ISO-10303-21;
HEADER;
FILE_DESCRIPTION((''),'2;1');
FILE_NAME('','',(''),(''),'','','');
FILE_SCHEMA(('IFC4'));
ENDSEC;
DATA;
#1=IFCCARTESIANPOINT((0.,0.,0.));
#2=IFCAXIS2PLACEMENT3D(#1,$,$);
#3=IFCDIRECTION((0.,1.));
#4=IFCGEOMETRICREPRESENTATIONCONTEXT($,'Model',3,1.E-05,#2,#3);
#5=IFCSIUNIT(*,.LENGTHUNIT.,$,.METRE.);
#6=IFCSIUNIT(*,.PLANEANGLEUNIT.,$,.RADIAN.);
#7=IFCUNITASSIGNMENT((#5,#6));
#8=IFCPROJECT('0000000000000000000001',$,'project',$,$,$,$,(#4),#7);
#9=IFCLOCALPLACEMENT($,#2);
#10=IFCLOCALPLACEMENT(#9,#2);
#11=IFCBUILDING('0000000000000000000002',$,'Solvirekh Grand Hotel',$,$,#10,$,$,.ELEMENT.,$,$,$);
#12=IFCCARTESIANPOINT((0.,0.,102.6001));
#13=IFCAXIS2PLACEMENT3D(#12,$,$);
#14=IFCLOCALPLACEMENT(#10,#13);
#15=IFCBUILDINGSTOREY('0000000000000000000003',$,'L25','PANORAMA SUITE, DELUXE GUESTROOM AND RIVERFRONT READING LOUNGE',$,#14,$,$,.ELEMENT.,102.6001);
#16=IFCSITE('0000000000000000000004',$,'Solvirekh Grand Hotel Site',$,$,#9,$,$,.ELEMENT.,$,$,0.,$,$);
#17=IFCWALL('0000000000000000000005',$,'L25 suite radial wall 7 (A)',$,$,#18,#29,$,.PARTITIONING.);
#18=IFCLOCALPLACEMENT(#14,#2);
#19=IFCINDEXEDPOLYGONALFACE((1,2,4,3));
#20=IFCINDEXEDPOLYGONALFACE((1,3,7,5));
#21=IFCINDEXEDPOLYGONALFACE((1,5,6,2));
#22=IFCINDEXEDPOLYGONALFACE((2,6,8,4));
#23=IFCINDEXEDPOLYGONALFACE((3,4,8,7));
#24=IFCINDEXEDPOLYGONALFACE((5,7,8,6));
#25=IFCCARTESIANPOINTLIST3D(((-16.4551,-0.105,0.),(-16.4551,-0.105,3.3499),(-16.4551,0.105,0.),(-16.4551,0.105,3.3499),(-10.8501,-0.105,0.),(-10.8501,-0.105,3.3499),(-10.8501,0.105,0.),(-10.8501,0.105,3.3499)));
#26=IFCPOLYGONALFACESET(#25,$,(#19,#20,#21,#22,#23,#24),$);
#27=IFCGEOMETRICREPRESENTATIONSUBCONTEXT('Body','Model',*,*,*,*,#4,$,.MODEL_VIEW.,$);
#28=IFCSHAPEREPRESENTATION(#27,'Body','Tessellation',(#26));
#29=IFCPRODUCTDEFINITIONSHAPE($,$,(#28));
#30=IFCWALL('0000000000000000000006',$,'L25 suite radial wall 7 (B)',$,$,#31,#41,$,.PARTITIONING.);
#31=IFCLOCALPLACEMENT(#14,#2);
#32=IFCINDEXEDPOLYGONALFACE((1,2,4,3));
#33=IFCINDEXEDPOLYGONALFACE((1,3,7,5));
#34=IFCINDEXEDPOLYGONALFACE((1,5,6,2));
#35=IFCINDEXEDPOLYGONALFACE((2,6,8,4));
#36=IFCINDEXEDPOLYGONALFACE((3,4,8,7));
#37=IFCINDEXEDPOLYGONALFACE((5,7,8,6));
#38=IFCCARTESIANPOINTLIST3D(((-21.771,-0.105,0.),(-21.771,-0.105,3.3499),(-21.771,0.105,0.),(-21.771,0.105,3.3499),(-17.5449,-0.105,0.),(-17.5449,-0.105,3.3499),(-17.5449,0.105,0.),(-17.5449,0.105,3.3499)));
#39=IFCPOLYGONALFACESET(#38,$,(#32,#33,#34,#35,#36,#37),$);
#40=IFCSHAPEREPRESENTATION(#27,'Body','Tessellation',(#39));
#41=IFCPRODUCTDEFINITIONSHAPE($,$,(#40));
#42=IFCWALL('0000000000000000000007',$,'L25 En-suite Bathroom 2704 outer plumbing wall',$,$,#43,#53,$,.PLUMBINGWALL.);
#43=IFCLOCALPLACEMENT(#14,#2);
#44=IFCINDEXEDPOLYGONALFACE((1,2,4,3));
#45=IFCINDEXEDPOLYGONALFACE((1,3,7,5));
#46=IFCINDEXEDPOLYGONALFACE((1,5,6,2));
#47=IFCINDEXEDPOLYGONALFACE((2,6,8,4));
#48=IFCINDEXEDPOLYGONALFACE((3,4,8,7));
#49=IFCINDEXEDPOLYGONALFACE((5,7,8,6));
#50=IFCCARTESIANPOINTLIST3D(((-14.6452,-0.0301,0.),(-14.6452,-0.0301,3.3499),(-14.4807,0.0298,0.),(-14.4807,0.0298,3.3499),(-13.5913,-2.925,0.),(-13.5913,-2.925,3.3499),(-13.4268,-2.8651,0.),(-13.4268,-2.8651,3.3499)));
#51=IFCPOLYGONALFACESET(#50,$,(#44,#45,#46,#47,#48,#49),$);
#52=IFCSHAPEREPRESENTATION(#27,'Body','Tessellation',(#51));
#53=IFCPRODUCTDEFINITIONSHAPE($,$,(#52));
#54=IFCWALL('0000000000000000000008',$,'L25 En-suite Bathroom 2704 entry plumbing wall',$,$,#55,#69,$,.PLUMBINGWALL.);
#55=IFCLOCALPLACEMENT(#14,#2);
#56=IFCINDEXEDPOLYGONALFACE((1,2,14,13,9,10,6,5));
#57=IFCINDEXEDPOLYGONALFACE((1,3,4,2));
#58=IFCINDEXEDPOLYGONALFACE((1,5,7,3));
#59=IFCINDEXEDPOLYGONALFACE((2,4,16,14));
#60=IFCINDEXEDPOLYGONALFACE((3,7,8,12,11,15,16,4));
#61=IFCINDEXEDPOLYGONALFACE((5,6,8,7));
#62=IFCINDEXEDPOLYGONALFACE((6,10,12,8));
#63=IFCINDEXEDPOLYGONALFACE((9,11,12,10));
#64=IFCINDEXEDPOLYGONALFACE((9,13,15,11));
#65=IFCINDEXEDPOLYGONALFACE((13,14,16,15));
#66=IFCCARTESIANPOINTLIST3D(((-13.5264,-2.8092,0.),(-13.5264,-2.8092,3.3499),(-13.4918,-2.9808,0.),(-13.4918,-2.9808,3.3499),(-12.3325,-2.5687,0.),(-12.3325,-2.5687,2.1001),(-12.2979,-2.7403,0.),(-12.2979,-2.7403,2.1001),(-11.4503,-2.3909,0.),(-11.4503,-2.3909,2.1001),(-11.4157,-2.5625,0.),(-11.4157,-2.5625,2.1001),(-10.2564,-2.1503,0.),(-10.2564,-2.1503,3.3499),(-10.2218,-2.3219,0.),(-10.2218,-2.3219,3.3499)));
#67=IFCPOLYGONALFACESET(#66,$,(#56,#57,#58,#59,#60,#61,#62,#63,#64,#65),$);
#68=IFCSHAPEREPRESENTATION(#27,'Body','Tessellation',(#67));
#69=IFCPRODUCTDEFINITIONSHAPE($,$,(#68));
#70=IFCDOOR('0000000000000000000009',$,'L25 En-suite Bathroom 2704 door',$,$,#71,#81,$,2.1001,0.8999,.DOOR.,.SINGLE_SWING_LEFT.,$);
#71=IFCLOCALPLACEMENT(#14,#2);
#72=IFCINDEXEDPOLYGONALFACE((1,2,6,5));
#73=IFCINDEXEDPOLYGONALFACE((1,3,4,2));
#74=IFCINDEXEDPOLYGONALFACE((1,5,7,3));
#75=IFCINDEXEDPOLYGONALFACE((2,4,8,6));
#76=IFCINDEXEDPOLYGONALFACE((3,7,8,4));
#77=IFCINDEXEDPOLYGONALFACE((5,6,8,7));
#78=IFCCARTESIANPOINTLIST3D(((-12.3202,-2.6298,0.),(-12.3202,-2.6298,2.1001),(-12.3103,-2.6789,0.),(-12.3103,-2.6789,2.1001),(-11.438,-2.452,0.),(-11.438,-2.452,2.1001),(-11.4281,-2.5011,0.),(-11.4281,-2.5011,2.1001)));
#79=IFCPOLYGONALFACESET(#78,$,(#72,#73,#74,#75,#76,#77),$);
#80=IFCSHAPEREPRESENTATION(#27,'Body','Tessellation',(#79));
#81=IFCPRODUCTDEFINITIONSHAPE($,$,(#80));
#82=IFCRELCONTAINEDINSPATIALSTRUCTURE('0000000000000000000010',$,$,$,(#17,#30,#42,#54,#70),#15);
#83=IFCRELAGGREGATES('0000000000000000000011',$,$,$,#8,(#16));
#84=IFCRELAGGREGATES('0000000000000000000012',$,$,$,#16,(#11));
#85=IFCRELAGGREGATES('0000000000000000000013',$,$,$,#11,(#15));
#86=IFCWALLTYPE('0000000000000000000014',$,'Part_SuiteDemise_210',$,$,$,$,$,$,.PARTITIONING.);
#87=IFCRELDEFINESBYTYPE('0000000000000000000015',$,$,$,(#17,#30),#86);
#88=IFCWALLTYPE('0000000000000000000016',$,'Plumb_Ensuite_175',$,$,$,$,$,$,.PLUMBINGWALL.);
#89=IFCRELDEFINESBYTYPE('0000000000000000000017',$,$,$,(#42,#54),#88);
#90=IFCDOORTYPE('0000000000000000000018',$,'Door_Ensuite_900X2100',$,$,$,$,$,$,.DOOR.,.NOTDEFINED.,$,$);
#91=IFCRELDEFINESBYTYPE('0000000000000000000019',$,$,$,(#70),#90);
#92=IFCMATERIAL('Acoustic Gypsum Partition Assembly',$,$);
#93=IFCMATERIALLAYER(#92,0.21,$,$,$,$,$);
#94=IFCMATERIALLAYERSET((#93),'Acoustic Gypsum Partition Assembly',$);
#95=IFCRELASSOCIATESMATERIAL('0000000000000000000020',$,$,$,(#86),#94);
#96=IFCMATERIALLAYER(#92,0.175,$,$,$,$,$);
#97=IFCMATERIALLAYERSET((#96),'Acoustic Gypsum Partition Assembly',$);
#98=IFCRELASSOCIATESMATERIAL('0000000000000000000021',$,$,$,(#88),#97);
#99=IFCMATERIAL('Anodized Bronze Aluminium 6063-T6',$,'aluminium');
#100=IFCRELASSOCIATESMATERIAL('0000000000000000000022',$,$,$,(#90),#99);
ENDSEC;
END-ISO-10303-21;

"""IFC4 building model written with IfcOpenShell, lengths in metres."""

from ifc_helpers import new_model, si_unit, direction, frame, frame_2d, origin, place, context, subcontext, project, spatial, rectangle, extrude, material, layer, layer_set, type_object, element, fill, save


model = new_model("IFC4")

# Units and contexts
model_context = context("Model", 3, precision=1e-05, world=origin(), true_north=direction((0.0, 1.0)))
body_context = subcontext(model_context, "Body", "Model", "MODEL_VIEW")
ifc_project = project(units=[si_unit("LENGTHUNIT", "METRE"), si_unit("PLANEANGLEUNIT", "RADIAN")], contexts=[model_context])

# Site, building, storey
site_placement = place(None, origin())
site = spatial("IfcSite", under=ifc_project, at=site_placement, Name="Solvirekh Grand Hotel Site", CompositionType="ELEMENT", RefElevation=0.0)
building_placement = place(site_placement, origin())
building = spatial("IfcBuilding", under=site, at=building_placement, Name="Solvirekh Grand Hotel", CompositionType="ELEMENT")
storey_placement = place(building_placement, frame((0.0, 0.0, 102.6001)))
storey = spatial("IfcBuildingStorey", under=building, at=storey_placement, Name="L25", Description="PANORAMA SUITE, DELUXE GUESTROOM AND RIVERFRONT READING LOUNGE", CompositionType="ELEMENT", Elevation=102.6001)

# Shared definitions
ifc_material_1 = material(Name="Anodized Bronze Aluminium 6063-T6", Category="aluminium")

# Shared definitions
ifc_material_2 = material(Name="Acoustic Gypsum Partition Assembly")

# Walls
ifc_layer_1 = layer(ifc_material_2, 0.21)
ifc_layer_set_1 = layer_set([ifc_layer_1], Name="Acoustic Gypsum Partition Assembly")
wall_type_1 = type_object("IfcWallType", Name="Part_SuiteDemise_210", PredefinedType="PARTITIONING", material=ifc_layer_set_1)
wall_1_placement = place(storey_placement, frame((-10.8501, 0.0, 0.0), z_axis=(0.0, 0.0, 1.0), x_axis=(-1.0, 0.0, 0.0)))
element("IfcWall", 1, at=wall_1_placement, inside=storey, type_object=wall_type_1, Name="L25 suite radial wall 7 (A)", PredefinedType="PARTITIONING", context=body_context, shape_type="SweptSolid", body=[
    extrude(rectangle(XDim=5.605, YDim=0.21, at=frame_2d((2.8025, 0.0))), origin(), (0.0, 0.0, 1.0), 3.3499),
])
wall_2_placement = place(storey_placement, frame((-17.5449, 0.0, 0.0), z_axis=(0.0, 0.0, 1.0), x_axis=(-1.0, 0.0, 0.0)))
element("IfcWall", 2, at=wall_2_placement, inside=storey, type_object=wall_type_1, Name="L25 suite radial wall 7 (B)", PredefinedType="PARTITIONING", context=body_context, shape_type="SweptSolid", body=[
    extrude(rectangle(XDim=4.2261, YDim=0.21, at=frame_2d((2.113, 0.0))), origin(), (0.0, 0.0, 1.0), 3.3499),
])
ifc_layer_2 = layer(ifc_material_2, 0.175)
ifc_layer_set_2 = layer_set([ifc_layer_2], Name="Acoustic Gypsum Partition Assembly")
wall_type_2 = type_object("IfcWallType", Name="Plumb_Ensuite_175", PredefinedType="PLUMBINGWALL", material=ifc_layer_set_2)
wall_3_placement = place(storey_placement, frame((-14.563, 0.0, 0.0), z_axis=(0.0, 0.0, 1.0), x_axis=(0.342093, -0.939666, 0.0)))
element("IfcWall", 3, at=wall_3_placement, inside=storey, type_object=wall_type_2, Name="L25 En-suite Bathroom 2704 outer plumbing wall", PredefinedType="PLUMBINGWALL", context=body_context, shape_type="SweptSolid", body=[
    extrude(rectangle(XDim=3.0808, YDim=0.175, at=frame_2d((1.5405, 0.0))), origin(), (0.0, 0.0, 1.0), 3.3499),
])

# Wall, opening, door
wall_4_placement = place(storey_placement, frame((-10.239, -2.2361, 0.0), z_axis=(0.0, 0.0, 1.0), x_axis=(-0.980295, -0.197537, 0.0)))
wall_4 = element("IfcWall", 4, at=wall_4_placement, inside=storey, type_object=wall_type_2, Name="L25 En-suite Bathroom 2704 entry plumbing wall", PredefinedType="PLUMBINGWALL", context=body_context, shape_type="SweptSolid", body=[
    extrude(rectangle(XDim=3.3357, YDim=0.175, at=frame_2d((1.668, 0.0))), origin(), (0.0, 0.0, 1.0), 3.3499),
])
opening_1_placement = place(wall_4_placement, frame((1.218, 0.0, 0.0)))
opening_1 = element("IfcOpeningElement", 5, at=opening_1_placement, cuts=wall_4, PredefinedType="OPENING", context=body_context, shape_type="SweptSolid", body=[
    extrude(rectangle(XDim=0.8999, YDim=2.1001, at=frame_2d((0.45, 1.05))), frame((0.0, 0.0977, 0.0), z_axis=(0.0, -1.0, 0.0), x_axis=(1.0, 0.0, 0.0)), (0.0, 0.0, 1.0), 0.1951),
])
door_type_1 = type_object("IfcDoorType", Name="Door_Ensuite_900X2100", OperationType="NOTDEFINED", PredefinedType="DOOR", material=ifc_material_1)
door_1_placement = place(opening_1_placement, origin())
door_1 = element("IfcDoor", 6, at=door_1_placement, inside=storey, type_object=door_type_1, Name="L25 En-suite Bathroom 2704 door", OperationType="SINGLE_SWING_LEFT", OverallHeight=2.1001, OverallWidth=0.8999, PredefinedType="DOOR", context=body_context, shape_type="SweptSolid", body=[
    extrude(rectangle(XDim=0.8999, YDim=2.1001, at=frame_2d((0.45, 1.05))), frame((0.0, 0.0249, 0.0), z_axis=(0.0, -1.0, 0.0), x_axis=(1.0, 0.0, 0.0)), (0.0, 0.0, 1.0), 0.05),
])
fill(opening_1, door_1)

save(model, "model.ifc")
